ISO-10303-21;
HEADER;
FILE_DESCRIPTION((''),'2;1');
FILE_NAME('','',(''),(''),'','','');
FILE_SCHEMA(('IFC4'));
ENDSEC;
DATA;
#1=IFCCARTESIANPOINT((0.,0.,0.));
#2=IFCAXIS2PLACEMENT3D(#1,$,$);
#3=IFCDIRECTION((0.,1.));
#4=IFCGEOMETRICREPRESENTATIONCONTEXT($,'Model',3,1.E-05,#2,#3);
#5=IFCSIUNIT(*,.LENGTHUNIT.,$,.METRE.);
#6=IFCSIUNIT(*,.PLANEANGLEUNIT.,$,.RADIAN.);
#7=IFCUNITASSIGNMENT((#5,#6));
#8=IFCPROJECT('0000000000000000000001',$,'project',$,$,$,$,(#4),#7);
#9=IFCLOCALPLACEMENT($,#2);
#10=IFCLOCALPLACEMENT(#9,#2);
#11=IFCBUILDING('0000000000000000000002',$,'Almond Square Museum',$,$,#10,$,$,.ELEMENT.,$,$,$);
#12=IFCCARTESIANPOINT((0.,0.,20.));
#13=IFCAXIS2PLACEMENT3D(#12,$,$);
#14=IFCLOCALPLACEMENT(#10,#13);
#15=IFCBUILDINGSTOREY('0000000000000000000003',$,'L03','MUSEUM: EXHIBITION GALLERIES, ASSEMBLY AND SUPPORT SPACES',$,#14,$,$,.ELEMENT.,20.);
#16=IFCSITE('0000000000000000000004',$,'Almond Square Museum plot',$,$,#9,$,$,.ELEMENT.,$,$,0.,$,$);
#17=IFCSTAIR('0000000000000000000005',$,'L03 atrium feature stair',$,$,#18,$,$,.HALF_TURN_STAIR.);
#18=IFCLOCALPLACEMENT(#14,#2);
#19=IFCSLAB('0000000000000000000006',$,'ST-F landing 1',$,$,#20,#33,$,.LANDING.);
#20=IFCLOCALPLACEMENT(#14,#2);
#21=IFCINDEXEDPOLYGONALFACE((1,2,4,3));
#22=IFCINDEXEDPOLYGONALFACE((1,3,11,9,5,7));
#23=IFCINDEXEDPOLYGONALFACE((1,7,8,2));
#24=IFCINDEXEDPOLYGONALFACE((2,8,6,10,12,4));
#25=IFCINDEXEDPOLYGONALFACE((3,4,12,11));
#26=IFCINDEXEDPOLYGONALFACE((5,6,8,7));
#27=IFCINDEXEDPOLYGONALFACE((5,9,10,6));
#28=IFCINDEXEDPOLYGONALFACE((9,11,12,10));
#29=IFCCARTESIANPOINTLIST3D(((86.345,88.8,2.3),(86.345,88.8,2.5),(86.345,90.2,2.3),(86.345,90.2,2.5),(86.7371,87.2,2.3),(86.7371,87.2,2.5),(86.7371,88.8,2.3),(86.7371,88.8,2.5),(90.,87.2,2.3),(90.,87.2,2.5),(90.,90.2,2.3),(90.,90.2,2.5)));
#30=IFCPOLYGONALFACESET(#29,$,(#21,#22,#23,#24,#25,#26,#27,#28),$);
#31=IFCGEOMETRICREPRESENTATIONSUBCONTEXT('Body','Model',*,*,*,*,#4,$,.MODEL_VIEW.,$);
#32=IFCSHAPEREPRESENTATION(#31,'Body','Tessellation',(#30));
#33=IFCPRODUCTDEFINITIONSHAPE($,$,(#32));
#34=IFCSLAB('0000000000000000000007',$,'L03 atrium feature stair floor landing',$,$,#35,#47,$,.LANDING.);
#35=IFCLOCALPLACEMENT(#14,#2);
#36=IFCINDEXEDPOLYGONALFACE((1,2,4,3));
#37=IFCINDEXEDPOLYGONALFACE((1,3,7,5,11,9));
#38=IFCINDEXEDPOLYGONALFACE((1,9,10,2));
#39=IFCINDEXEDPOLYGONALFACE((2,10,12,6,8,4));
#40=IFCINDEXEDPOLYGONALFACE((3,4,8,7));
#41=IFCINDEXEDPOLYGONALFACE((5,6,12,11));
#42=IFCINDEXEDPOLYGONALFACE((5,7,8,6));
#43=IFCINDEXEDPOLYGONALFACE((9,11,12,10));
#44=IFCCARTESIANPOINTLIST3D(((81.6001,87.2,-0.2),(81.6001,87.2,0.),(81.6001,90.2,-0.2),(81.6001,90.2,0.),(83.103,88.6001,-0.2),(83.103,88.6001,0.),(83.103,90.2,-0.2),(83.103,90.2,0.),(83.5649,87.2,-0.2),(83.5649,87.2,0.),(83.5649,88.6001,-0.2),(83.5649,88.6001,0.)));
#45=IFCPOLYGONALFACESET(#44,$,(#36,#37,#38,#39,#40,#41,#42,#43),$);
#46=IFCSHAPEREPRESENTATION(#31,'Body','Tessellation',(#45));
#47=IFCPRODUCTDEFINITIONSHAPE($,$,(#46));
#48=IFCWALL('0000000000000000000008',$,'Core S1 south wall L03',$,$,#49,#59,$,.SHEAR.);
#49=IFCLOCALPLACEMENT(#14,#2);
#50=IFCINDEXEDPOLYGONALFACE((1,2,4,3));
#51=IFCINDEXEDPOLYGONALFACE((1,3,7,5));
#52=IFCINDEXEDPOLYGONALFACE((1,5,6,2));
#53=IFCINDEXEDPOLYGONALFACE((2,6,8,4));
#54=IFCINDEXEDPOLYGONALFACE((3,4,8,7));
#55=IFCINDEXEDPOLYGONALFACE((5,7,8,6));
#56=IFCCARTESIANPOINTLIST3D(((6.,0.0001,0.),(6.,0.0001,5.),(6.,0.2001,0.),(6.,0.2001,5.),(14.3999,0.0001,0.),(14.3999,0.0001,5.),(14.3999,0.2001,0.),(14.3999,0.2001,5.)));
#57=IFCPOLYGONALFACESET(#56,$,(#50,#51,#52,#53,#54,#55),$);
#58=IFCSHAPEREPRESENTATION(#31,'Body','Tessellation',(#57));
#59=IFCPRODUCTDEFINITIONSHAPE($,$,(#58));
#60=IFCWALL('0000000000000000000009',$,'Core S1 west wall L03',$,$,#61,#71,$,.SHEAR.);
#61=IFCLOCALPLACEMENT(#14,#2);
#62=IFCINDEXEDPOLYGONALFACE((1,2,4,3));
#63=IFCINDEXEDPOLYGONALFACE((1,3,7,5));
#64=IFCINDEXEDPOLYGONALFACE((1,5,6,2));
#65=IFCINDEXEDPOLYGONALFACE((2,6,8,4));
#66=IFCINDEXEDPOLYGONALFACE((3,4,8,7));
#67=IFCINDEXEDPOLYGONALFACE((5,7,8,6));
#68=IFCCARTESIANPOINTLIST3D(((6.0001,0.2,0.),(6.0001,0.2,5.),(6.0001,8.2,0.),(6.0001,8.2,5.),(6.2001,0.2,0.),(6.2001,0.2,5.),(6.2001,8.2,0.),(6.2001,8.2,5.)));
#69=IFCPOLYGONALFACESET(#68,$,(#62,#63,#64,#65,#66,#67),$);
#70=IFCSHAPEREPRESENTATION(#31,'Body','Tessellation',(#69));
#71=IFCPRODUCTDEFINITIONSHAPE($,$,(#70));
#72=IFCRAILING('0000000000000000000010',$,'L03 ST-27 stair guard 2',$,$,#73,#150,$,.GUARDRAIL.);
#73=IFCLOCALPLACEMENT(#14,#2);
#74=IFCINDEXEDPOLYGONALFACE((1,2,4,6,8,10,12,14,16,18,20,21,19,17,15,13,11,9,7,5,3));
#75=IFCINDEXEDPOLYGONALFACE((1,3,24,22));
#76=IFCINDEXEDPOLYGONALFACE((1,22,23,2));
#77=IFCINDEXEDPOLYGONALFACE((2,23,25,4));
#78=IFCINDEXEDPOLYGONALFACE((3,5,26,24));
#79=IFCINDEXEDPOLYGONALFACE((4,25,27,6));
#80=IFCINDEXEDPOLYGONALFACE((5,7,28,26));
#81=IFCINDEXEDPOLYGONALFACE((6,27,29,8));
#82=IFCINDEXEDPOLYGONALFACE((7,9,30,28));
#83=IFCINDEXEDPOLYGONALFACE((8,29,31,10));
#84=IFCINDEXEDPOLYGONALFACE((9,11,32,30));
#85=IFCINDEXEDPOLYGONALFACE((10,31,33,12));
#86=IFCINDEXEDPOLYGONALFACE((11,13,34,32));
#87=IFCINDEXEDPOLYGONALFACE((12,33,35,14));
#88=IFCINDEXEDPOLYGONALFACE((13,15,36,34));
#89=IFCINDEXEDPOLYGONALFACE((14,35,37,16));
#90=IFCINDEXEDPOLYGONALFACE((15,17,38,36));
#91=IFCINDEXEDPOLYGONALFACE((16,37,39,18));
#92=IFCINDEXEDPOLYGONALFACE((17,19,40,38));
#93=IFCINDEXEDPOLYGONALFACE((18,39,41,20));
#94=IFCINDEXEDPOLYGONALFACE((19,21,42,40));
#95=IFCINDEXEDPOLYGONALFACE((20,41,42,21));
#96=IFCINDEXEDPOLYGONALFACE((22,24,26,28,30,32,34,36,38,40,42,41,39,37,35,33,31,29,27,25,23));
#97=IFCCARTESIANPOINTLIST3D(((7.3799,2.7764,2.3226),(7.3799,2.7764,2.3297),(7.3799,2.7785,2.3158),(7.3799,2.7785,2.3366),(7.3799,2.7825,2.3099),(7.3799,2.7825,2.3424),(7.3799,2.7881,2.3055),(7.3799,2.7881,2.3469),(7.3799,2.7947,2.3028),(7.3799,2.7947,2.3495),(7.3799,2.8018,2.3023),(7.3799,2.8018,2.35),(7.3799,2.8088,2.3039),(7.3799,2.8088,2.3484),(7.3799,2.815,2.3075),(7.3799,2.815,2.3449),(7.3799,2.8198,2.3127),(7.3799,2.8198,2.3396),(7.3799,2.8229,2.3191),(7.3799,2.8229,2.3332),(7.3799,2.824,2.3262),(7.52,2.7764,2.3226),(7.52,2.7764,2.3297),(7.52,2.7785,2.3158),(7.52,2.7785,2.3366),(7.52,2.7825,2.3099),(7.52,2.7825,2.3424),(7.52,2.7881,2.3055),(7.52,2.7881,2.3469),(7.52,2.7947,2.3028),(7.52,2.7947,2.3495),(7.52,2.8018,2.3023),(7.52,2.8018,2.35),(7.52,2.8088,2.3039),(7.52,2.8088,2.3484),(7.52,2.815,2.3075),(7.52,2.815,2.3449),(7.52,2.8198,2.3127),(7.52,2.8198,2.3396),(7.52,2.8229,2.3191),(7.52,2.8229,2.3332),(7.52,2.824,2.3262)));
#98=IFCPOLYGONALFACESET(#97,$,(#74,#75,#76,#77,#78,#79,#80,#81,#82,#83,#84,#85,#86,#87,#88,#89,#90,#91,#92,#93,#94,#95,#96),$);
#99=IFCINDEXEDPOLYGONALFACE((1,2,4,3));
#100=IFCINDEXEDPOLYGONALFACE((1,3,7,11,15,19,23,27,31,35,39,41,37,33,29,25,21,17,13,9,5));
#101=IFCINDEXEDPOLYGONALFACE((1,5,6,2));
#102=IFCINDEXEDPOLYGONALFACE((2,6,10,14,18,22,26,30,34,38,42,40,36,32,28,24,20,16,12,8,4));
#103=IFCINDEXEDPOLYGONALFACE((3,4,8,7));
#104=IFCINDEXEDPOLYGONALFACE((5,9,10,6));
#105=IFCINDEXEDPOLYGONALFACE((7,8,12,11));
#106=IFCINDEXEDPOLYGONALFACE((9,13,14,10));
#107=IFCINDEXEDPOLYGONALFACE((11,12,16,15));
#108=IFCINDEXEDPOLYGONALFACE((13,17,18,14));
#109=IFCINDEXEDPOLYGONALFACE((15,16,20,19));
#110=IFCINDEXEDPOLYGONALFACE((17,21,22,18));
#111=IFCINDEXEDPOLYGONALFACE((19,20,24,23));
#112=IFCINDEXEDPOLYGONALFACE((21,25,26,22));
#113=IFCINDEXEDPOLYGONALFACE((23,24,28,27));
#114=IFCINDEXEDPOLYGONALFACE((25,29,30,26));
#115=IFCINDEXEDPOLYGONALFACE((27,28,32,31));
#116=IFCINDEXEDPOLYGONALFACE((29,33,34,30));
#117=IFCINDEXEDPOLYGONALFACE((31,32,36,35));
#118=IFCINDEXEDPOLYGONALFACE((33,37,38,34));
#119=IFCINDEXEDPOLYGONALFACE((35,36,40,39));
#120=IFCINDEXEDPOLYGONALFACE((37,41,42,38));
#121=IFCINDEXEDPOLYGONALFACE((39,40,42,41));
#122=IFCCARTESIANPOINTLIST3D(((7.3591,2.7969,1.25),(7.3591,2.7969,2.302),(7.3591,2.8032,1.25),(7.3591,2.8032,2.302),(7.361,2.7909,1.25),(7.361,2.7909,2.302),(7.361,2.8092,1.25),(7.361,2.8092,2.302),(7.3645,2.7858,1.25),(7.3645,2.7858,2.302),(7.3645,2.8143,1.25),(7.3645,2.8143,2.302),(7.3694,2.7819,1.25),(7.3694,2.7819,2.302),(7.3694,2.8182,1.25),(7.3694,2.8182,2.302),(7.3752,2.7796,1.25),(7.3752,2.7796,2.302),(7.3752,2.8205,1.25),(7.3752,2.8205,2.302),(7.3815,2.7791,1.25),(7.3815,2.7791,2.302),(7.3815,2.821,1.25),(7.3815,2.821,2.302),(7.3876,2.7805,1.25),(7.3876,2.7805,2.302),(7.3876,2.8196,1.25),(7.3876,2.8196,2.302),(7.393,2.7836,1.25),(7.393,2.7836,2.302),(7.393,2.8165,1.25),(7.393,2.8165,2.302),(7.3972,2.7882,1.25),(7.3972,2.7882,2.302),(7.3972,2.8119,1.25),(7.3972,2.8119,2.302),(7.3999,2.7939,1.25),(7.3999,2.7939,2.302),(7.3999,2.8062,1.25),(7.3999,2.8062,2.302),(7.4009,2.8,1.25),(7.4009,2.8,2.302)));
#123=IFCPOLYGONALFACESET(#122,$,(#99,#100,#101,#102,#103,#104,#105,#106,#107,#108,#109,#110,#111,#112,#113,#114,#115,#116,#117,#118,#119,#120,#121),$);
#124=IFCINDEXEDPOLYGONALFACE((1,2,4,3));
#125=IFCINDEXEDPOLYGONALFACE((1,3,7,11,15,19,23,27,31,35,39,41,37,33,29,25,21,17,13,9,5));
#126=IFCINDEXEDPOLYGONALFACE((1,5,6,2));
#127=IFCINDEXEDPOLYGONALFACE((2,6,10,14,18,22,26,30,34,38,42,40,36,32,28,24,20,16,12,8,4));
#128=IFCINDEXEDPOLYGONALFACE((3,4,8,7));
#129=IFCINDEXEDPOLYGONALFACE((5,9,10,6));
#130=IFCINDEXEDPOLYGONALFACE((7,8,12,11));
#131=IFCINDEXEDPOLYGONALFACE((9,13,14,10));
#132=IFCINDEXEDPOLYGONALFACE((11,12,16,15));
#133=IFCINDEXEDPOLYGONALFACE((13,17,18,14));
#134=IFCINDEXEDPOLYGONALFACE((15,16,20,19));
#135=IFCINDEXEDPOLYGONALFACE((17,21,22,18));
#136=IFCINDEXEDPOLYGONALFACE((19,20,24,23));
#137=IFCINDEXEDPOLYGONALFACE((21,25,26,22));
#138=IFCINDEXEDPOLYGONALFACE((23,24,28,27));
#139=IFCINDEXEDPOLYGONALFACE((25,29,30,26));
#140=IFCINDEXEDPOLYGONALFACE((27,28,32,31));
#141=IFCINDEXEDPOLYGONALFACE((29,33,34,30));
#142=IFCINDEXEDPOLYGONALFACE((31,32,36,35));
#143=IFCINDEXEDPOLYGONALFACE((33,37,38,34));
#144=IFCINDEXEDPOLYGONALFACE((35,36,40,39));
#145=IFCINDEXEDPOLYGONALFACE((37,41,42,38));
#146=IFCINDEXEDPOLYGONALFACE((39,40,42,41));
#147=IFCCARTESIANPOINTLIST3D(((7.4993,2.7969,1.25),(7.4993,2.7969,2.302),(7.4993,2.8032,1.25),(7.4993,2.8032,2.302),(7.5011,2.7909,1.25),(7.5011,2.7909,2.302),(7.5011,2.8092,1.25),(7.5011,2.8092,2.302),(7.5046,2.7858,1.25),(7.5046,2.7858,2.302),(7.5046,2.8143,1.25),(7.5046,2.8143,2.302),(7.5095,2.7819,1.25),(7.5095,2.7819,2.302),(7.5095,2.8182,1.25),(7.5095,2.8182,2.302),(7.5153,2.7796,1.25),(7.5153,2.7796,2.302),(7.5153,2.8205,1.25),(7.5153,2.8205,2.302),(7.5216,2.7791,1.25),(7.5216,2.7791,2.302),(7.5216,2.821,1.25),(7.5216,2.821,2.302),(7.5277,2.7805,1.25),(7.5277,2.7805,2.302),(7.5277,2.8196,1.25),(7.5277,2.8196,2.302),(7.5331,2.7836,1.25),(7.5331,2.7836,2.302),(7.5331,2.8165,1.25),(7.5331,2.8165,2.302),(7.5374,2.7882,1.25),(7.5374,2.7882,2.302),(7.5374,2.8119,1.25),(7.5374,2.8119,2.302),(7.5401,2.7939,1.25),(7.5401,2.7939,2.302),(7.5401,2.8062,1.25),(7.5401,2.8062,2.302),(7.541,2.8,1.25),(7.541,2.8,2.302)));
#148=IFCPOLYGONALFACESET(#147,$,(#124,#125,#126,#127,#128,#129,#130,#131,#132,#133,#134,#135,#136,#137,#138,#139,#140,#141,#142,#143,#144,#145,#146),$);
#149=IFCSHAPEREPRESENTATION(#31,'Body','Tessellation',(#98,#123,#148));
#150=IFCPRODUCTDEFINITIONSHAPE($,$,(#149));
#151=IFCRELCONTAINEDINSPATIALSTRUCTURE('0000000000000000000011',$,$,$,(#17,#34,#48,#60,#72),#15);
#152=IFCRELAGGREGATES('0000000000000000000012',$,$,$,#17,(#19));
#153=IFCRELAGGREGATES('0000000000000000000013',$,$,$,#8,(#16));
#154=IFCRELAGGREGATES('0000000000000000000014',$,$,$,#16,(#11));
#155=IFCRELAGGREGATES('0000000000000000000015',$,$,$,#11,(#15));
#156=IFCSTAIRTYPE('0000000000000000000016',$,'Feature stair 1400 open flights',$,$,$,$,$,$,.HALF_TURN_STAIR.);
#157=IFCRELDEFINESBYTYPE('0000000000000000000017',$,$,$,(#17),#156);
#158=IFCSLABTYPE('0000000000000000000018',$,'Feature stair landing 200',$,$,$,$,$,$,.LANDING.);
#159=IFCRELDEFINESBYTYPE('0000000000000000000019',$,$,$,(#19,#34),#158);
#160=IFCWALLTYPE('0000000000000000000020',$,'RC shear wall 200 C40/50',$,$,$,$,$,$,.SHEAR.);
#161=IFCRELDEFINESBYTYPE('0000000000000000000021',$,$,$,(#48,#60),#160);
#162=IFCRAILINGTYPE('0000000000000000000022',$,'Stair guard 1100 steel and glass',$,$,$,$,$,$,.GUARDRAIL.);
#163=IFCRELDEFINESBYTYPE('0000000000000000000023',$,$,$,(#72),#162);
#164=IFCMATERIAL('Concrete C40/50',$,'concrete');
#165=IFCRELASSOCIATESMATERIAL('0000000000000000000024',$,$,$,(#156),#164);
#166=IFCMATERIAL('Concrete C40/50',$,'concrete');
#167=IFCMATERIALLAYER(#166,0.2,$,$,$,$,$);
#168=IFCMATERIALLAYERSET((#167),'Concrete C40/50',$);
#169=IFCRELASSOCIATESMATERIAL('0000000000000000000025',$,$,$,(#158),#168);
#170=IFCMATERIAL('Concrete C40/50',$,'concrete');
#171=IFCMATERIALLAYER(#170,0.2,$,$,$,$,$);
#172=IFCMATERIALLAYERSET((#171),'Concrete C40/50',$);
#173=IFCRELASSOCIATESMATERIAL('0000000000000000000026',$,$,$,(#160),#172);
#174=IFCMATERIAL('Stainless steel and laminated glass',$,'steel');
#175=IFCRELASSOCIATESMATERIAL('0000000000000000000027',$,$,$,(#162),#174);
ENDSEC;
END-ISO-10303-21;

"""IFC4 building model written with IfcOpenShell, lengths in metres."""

from ifc_helpers import new_model, si_unit, direction, frame, frame_2d, origin, origin_2d, place, context, subcontext, project, spatial, polyline, rectangle, circle, outline, extrude, material, layer, layer_set, type_object, element, aggregate, save


model = new_model("IFC4")

# Units and contexts
model_context = context("Model", 3, precision=1e-05, world=origin(), true_north=direction((0.0, 1.0)))
body_context = subcontext(model_context, "Body", "Model", "MODEL_VIEW")
ifc_project = project(units=[si_unit("LENGTHUNIT", "METRE"), si_unit("PLANEANGLEUNIT", "RADIAN")], contexts=[model_context])

# Site, building, storey
site_placement = place(None, origin())
site = spatial("IfcSite", under=ifc_project, at=site_placement, Name="Almond Square Museum plot", CompositionType="ELEMENT", RefElevation=0.0)
building_placement = place(site_placement, origin())
building = spatial("IfcBuilding", under=site, at=building_placement, Name="Almond Square Museum", CompositionType="ELEMENT")
storey_placement = place(building_placement, frame((0.0, 0.0, 20.0)))
storey = spatial("IfcBuildingStorey", under=building, at=storey_placement, Name="L03", Description="MUSEUM: EXHIBITION GALLERIES, ASSEMBLY AND SUPPORT SPACES", CompositionType="ELEMENT", Elevation=20.0)

# Stair, slab
ifc_material_1 = material(Name="Concrete C40/50", Category="concrete")
stair_type = type_object("IfcStairType", Name="Feature stair 1400 open flights", PredefinedType="HALF_TURN_STAIR", material=ifc_material_1)
stair_placement = place(storey_placement, origin())
stair = element("IfcStair", 1, at=stair_placement, inside=storey, type_object=stair_type, Name="L03 atrium feature stair", PredefinedType="HALF_TURN_STAIR")
ifc_material_2 = material(Name="Concrete C40/50", Category="concrete")
ifc_layer_1 = layer(ifc_material_2, 0.2)
ifc_layer_set_1 = layer_set([ifc_layer_1], Name="Concrete C40/50")
slab_type_1 = type_object("IfcSlabType", Name="Feature stair landing 200", PredefinedType="LANDING", material=ifc_layer_set_1)
slab_1_placement = place(storey_placement, frame((0.0, 0.0, 2.3)))
slab_1 = element("IfcSlab", 2, at=slab_1_placement, type_object=slab_type_1, Name="ST-F landing 1", PredefinedType="LANDING", context=body_context, shape_type="SweptSolid", body=[
    extrude(outline(polyline([(86.7371, 87.2), (90.0, 87.2), (90.0, 90.2), (86.345, 90.2), (86.345, 88.8), (86.7371, 88.8), (86.7371, 87.2)])), origin(), (0.0, 0.0, 1.0), 0.2),
])
aggregate(stair, [slab_1])

# Slab
slab_2_placement = place(storey_placement, frame((0.0, 0.0, -0.2)))
element("IfcSlab", 3, at=slab_2_placement, inside=storey, type_object=slab_type_1, Name="L03 atrium feature stair floor landing", PredefinedType="LANDING", context=body_context, shape_type="SweptSolid", body=[
    extrude(outline(polyline([(81.6001, 87.2), (83.5649, 87.2), (83.5649, 88.6001), (83.103, 88.6001), (83.103, 90.2), (81.6001, 90.2), (81.6001, 87.2)])), origin(), (0.0, 0.0, 1.0), 0.2),
])

# Walls
ifc_material_3 = material(Name="Concrete C40/50", Category="concrete")
ifc_layer_2 = layer(ifc_material_3, 0.2)
ifc_layer_set_2 = layer_set([ifc_layer_2], Name="Concrete C40/50")
wall_type = type_object("IfcWallType", Name="RC shear wall 200 C40/50", PredefinedType="SHEAR", material=ifc_layer_set_2)
wall_1_placement = place(storey_placement, frame((6.0, 0.1001, 0.0), z_axis=(0.0, 0.0, 1.0), x_axis=(1.0, 0.0, 0.0)))
element("IfcWall", 4, at=wall_1_placement, inside=storey, type_object=wall_type, Name="Core S1 south wall L03", PredefinedType="SHEAR", context=body_context, shape_type="SweptSolid", body=[
    extrude(rectangle(XDim=8.3999, YDim=0.2, at=frame_2d((4.2, 0.0))), origin(), (0.0, 0.0, 1.0), 5.0),
])
wall_2_placement = place(storey_placement, frame((6.1001, 0.2, 0.0), z_axis=(0.0, 0.0, 1.0), x_axis=(0.0, 1.0, 0.0)))
element("IfcWall", 5, at=wall_2_placement, inside=storey, type_object=wall_type, Name="Core S1 west wall L03", PredefinedType="SHEAR", context=body_context, shape_type="SweptSolid", body=[
    extrude(rectangle(XDim=8.0, YDim=0.2, at=frame_2d((4.0, 0.0))), origin(), (0.0, 0.0, 1.0), 5.0),
])

# Railing
ifc_material_4 = material(Name="Stainless steel and laminated glass", Category="steel")
railing_type = type_object("IfcRailingType", Name="Stair guard 1100 steel and glass", PredefinedType="GUARDRAIL", material=ifc_material_4)
railing_placement = place(storey_placement, frame((7.3799, 2.8, 1.25)))
element("IfcRailing", 6, at=railing_placement, inside=storey, type_object=railing_type, Name="L03 ST-27 stair guard 2", PredefinedType="GUARDRAIL", context=body_context, shape_type="SweptSolid", body=[
    extrude(circle(Radius=0.0239, at=origin_2d()), frame((0.0, 0.0, 1.0762), z_axis=(1.0, 0.0, 0.0), x_axis=(0.0, 1.0, 0.0)), (0.0, 0.0, 1.0), 0.1401),
    extrude(circle(Radius=0.021, at=origin_2d()), origin(), (0.0, 0.0, 1.0), 1.052),
    extrude(circle(Radius=0.021, at=origin_2d()), frame((0.1401, 0.0, 0.0)), (0.0, 0.0, 1.0), 1.052),
])

save(model, "model.ifc")
